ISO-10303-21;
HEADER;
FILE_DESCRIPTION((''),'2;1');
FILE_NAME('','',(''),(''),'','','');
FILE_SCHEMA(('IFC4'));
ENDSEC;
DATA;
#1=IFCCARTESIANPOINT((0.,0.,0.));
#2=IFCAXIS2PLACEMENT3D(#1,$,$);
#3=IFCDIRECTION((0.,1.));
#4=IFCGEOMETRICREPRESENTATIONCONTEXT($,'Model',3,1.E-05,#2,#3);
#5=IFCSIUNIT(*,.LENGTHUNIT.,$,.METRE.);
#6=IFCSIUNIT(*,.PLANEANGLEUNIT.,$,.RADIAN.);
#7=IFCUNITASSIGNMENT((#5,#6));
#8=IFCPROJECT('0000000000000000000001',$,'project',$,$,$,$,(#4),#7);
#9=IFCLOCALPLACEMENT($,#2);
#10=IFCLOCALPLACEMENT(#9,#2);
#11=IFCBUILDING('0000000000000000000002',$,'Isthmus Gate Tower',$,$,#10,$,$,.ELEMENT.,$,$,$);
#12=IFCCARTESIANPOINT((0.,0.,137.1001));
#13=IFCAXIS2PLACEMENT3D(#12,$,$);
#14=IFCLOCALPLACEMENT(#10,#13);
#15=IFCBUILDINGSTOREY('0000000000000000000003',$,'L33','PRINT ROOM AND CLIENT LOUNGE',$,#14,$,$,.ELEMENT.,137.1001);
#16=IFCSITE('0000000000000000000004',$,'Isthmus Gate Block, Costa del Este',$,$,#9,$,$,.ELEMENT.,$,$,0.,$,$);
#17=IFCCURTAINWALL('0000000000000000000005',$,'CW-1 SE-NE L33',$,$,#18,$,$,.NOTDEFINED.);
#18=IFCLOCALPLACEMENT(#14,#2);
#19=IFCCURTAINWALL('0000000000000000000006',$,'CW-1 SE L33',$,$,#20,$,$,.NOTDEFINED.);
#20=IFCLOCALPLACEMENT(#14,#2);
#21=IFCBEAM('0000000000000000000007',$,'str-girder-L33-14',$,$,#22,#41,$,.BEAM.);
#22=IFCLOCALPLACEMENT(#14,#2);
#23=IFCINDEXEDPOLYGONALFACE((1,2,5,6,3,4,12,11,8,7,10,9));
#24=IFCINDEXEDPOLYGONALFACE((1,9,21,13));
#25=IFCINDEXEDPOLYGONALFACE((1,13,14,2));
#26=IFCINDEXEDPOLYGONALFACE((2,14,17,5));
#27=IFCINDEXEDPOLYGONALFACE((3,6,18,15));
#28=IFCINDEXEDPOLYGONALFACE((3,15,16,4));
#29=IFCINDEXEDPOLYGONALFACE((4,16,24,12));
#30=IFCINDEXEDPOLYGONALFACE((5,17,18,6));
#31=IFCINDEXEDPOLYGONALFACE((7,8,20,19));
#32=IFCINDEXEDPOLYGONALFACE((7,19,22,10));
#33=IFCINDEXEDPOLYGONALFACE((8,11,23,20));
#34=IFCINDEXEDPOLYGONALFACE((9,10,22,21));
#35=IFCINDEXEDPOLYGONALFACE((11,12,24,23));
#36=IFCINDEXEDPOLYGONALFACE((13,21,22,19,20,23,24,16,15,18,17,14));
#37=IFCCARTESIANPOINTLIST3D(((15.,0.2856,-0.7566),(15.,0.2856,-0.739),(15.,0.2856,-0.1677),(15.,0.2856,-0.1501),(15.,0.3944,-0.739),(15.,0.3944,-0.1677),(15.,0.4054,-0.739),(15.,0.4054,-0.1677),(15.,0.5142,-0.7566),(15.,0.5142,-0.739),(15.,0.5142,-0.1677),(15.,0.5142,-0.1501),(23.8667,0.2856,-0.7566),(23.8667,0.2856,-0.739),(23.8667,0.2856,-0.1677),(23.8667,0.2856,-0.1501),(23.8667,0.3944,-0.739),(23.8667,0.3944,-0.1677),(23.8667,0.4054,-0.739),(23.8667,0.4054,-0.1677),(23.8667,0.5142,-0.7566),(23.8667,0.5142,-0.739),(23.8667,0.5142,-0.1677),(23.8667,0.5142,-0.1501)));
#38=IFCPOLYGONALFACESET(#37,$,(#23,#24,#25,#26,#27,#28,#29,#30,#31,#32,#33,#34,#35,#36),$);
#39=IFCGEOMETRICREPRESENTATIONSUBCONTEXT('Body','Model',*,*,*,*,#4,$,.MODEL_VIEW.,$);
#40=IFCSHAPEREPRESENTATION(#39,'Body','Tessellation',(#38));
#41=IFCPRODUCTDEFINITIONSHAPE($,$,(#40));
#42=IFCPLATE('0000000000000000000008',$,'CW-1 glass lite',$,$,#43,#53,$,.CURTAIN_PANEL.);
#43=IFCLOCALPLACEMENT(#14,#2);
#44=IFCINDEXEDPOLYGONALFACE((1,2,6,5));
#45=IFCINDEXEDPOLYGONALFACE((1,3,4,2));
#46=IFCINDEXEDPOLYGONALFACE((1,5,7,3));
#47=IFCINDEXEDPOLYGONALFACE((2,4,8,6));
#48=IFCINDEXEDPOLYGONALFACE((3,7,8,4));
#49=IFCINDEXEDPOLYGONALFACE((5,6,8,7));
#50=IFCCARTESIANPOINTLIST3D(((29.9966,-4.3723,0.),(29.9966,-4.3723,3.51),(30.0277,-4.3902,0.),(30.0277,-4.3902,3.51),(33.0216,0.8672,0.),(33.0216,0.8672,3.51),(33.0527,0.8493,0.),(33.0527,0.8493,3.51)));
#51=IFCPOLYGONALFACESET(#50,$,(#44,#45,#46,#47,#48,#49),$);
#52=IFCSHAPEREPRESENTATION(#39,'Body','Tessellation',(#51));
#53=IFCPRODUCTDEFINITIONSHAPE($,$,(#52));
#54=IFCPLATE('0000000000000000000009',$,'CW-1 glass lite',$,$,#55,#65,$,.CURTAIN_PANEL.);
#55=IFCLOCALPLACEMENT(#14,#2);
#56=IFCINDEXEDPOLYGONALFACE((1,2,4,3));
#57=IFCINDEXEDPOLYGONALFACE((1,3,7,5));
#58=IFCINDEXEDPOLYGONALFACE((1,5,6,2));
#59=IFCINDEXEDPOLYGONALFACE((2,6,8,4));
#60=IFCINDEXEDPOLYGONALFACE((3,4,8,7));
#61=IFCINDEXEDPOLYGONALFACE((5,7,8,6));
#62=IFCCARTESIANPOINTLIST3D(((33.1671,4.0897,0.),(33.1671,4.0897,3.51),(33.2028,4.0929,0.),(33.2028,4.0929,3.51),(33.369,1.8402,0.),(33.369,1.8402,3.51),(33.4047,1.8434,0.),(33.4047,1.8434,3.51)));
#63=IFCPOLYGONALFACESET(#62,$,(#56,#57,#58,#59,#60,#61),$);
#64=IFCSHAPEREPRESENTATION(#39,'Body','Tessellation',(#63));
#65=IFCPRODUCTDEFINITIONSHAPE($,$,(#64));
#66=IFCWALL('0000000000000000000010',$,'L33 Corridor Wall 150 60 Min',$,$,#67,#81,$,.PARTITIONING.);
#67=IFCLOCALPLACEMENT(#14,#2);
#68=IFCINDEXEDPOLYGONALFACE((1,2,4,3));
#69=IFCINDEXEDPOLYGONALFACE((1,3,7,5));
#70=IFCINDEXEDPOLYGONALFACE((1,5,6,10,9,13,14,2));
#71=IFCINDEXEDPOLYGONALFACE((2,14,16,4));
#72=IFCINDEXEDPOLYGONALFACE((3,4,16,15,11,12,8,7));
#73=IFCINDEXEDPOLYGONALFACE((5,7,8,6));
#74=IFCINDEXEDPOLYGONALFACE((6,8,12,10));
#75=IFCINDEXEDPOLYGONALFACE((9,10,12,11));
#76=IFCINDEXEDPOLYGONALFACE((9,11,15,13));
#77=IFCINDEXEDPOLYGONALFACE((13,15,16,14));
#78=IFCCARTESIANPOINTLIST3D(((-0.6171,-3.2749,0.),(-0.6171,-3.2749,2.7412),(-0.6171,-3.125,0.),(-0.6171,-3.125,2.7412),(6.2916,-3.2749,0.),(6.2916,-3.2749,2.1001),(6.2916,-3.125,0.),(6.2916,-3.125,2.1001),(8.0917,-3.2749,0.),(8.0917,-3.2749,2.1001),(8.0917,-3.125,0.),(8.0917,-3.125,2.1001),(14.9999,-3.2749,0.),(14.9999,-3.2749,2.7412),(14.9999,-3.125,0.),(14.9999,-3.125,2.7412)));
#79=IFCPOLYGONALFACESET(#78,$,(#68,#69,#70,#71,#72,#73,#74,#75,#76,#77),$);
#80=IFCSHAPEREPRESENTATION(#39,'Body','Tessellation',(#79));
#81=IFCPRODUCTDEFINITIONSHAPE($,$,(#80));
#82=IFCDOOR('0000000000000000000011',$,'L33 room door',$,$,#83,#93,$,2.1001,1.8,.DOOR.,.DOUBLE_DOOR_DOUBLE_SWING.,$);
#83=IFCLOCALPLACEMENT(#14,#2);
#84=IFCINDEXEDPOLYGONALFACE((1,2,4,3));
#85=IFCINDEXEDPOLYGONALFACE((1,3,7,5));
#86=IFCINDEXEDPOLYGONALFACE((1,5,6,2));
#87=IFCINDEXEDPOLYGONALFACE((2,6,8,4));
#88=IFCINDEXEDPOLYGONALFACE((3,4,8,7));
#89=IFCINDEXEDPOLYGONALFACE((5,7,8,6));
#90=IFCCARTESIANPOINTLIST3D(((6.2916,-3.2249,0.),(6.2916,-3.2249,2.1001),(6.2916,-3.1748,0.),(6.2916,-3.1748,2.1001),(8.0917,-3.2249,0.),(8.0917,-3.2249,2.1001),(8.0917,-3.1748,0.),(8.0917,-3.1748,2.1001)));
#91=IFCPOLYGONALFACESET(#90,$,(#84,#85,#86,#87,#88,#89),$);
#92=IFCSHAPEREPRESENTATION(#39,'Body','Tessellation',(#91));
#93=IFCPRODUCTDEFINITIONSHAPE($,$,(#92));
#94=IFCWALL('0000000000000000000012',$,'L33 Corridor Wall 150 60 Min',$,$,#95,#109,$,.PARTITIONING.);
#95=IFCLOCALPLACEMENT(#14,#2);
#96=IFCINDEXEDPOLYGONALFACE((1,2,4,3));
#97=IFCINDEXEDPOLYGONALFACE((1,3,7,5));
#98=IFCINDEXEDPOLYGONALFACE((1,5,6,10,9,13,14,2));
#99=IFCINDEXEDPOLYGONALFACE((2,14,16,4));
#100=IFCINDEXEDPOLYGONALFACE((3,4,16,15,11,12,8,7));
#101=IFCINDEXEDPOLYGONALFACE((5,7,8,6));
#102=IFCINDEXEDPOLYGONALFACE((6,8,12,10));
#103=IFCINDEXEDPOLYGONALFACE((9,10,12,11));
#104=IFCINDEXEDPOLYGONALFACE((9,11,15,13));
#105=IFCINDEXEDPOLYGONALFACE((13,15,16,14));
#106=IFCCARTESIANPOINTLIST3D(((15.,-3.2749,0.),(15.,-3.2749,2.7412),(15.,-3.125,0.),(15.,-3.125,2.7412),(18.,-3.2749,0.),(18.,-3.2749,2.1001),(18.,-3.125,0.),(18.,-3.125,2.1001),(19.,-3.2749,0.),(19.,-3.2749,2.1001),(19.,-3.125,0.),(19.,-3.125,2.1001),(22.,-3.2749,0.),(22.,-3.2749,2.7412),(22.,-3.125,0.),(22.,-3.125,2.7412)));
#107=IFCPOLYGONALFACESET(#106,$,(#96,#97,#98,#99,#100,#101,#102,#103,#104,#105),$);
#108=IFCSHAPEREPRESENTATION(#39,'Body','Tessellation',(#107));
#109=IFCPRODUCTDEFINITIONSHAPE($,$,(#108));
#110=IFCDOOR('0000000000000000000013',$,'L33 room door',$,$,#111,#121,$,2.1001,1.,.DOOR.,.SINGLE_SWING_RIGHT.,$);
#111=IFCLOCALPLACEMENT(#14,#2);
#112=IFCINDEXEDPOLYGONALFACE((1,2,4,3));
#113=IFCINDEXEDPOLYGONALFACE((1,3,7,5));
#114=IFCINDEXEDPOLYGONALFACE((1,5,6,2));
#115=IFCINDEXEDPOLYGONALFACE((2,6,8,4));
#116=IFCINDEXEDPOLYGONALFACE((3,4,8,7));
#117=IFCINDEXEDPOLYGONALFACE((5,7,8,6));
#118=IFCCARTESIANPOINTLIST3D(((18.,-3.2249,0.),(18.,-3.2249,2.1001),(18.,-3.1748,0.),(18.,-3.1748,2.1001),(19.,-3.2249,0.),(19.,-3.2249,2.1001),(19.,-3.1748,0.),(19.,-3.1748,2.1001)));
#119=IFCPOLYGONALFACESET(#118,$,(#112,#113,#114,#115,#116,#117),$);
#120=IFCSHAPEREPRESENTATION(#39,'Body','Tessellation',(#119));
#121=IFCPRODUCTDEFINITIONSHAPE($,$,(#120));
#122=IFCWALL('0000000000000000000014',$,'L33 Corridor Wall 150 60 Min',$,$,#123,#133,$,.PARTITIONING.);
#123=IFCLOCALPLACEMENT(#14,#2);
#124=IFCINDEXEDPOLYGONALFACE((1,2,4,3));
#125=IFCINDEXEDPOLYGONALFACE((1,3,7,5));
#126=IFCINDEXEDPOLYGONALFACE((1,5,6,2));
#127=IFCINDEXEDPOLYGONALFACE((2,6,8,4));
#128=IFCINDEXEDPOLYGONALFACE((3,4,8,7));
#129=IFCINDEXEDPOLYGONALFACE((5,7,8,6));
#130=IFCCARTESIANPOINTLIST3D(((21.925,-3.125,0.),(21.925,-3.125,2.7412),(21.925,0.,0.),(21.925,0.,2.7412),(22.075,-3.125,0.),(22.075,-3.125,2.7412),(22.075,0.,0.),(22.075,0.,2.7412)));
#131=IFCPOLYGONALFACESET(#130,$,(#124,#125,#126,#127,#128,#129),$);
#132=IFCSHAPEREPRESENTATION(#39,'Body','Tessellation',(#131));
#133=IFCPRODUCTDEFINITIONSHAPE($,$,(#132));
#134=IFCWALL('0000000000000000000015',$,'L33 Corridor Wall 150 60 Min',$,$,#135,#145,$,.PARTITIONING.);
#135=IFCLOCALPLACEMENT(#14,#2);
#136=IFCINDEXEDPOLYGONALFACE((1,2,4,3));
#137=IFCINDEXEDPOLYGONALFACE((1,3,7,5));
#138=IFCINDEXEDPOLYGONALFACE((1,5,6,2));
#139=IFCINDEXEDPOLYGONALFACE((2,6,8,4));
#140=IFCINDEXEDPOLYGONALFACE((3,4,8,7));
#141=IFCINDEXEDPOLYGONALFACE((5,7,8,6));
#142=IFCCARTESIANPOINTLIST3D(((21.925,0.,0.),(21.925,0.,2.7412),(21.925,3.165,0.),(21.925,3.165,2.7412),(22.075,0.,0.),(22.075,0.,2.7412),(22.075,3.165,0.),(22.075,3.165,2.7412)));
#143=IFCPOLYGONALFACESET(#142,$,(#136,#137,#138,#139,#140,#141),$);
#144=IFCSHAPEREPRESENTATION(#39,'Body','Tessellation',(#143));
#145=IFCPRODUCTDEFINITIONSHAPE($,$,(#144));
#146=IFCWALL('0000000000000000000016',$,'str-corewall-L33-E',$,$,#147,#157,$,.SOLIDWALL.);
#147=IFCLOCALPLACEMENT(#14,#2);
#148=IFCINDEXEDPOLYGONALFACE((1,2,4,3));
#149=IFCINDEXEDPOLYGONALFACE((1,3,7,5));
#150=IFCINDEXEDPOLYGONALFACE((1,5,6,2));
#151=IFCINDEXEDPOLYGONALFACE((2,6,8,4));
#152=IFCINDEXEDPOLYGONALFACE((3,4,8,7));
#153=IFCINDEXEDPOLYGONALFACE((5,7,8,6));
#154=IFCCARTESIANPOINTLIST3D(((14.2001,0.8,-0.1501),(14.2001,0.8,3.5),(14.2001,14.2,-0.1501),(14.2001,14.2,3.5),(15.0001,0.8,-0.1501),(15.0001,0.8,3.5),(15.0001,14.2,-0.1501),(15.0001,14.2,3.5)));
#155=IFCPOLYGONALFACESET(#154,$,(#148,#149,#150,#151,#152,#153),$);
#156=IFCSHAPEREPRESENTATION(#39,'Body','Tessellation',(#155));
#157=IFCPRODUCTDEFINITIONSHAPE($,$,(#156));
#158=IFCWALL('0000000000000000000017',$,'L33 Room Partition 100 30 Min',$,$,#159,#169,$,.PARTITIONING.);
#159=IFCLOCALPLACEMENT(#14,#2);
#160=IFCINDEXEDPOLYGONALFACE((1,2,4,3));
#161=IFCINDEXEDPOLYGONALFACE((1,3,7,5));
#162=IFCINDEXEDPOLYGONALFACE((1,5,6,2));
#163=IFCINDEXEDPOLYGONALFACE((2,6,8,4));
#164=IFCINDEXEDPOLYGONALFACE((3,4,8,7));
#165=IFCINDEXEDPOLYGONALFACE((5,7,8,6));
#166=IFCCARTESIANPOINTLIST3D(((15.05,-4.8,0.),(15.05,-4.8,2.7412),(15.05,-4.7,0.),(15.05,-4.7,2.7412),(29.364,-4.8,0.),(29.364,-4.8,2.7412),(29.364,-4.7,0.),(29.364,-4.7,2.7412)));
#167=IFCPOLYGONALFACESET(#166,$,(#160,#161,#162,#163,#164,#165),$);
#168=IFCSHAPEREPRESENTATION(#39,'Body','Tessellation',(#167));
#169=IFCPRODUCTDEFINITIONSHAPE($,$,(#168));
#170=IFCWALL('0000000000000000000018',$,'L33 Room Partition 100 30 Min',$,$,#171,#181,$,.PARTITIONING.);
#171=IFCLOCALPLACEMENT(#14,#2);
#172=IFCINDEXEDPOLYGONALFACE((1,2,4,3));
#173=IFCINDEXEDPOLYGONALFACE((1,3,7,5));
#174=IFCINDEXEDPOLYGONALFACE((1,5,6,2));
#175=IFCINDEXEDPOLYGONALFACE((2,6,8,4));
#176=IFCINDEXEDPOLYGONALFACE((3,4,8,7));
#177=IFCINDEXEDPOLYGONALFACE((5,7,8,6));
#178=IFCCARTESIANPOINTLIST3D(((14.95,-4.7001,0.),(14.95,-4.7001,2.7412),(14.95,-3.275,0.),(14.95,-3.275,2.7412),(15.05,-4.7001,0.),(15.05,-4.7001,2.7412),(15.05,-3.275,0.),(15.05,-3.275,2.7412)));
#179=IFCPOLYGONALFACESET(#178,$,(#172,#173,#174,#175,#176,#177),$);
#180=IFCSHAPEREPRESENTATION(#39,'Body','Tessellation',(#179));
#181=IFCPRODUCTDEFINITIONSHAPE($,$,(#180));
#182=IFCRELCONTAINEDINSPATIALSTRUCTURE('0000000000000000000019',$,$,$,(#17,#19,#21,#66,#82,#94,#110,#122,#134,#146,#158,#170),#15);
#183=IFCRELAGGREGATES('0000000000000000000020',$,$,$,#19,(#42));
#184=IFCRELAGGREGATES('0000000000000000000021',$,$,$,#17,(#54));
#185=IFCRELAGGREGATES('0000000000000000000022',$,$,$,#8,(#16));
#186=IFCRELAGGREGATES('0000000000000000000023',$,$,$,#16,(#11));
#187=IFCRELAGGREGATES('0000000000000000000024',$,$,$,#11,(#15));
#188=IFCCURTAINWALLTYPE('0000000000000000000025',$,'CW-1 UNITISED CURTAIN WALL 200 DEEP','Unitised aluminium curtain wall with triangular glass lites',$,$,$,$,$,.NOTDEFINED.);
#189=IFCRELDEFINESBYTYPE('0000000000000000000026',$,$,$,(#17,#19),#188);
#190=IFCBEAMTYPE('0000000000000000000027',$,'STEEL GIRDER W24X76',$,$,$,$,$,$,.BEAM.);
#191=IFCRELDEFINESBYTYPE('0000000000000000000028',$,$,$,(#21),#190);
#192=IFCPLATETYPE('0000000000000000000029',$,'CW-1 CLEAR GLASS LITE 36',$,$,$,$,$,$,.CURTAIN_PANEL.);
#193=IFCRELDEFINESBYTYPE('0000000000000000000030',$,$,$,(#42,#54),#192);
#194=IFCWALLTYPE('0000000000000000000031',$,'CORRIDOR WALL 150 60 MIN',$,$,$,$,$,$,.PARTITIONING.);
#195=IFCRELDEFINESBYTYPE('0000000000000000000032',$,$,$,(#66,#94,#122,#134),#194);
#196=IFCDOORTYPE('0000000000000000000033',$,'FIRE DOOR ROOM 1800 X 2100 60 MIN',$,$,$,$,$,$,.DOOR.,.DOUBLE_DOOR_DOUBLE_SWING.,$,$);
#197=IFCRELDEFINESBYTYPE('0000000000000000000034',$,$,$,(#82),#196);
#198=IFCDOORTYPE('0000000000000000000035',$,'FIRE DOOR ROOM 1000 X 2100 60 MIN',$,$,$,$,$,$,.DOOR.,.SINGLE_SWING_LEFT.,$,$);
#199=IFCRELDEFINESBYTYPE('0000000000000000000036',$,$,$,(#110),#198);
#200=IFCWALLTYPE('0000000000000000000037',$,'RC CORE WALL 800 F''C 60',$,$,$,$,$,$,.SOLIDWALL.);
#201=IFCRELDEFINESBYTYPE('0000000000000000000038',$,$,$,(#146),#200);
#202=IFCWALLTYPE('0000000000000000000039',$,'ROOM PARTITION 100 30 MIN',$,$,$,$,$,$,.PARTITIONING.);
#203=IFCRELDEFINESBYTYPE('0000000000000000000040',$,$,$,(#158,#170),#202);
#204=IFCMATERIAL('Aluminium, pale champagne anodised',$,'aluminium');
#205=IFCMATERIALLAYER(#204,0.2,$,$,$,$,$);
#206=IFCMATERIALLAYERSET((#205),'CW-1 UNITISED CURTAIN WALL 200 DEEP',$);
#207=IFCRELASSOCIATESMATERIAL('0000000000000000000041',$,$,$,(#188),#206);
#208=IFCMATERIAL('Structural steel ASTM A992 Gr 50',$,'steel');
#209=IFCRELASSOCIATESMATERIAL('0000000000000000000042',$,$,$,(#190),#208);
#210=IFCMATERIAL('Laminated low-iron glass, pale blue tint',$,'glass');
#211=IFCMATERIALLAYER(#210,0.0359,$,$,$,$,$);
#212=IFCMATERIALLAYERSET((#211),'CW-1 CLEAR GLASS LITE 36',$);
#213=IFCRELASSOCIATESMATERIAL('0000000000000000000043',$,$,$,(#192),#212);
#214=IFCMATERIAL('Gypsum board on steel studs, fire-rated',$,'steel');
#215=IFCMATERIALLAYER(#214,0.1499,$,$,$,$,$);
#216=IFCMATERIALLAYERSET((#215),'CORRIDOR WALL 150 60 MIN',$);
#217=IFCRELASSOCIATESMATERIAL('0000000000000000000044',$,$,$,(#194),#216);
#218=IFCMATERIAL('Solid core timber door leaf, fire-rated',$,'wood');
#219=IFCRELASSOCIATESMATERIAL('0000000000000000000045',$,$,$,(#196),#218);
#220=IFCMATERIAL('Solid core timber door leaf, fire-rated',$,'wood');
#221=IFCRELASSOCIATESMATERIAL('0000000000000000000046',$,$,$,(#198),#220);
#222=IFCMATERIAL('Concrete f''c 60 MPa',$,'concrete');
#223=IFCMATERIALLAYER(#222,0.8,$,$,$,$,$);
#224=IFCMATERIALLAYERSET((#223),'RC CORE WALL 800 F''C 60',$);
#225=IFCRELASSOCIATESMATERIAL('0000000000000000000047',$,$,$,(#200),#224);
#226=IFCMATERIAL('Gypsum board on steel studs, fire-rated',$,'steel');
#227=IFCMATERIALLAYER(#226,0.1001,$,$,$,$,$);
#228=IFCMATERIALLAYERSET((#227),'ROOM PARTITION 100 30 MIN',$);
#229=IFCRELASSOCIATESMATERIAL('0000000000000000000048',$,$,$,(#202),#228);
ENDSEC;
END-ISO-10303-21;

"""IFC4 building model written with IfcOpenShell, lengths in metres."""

from ifc_helpers import new_model, si_unit, direction, frame, frame_2d, origin, origin_2d, place, context, subcontext, project, spatial, rectangle, i_section, extrude, material, layer, layer_set, material_profile, profile_set, type_object, element, fill, aggregate, save


model = new_model("IFC4")

# Units and contexts
model_context = context("Model", 3, precision=1e-05, world=origin(), true_north=direction((0.0, 1.0)))
body_context = subcontext(model_context, "Body", "Model", "MODEL_VIEW")
ifc_project = project(units=[si_unit("LENGTHUNIT", "METRE"), si_unit("PLANEANGLEUNIT", "RADIAN")], contexts=[model_context])

# Site, building, storey
site_placement = place(None, origin())
site = spatial("IfcSite", under=ifc_project, at=site_placement, Name="Isthmus Gate Block, Costa del Este", CompositionType="ELEMENT", RefElevation=0.0)
building_placement = place(site_placement, origin())
building = spatial("IfcBuilding", under=site, at=building_placement, Name="Isthmus Gate Tower", CompositionType="ELEMENT")
storey_placement = place(building_placement, frame((0.0, 0.0, 137.1001)))
storey = spatial("IfcBuildingStorey", under=building, at=storey_placement, Name="L33", Description="PRINT ROOM AND CLIENT LOUNGE", CompositionType="ELEMENT", Elevation=137.1001)

# Curtain walls
ifc_material_1 = material(Name="Aluminium, pale champagne anodised", Category="aluminium")
ifc_layer_1 = layer(ifc_material_1, 0.2)
ifc_layer_set_1 = layer_set([ifc_layer_1], Name="CW-1 UNITISED CURTAIN WALL 200 DEEP")
curtain_wall_type = type_object("IfcCurtainWallType", Name="CW-1 UNITISED CURTAIN WALL 200 DEEP", Description="Unitised aluminium curtain wall with triangular glass lites", PredefinedType="NOTDEFINED", material=ifc_layer_set_1)
curtain_wall_1_placement = place(storey_placement, origin())
curtain_wall_1 = element("IfcCurtainWall", 1, at=curtain_wall_1_placement, inside=storey, type_object=curtain_wall_type, Name="CW-1 SE-NE L33", PredefinedType="NOTDEFINED")
curtain_wall_2_placement = place(storey_placement, origin())
curtain_wall_2 = element("IfcCurtainWall", 2, at=curtain_wall_2_placement, inside=storey, type_object=curtain_wall_type, Name="CW-1 SE L33", PredefinedType="NOTDEFINED")

# Beam
ifc_material_2 = material(Name="Structural steel ASTM A992 Gr 50", Category="steel")
ifc_material_profile_1 = material_profile(ifc_material_2, i_section(OverallWidth=0.2285, OverallDepth=0.6064, WebThickness=0.011, FlangeThickness=0.0176, at=origin_2d()), Name="W24X76")
ifc_profile_set_1 = profile_set([ifc_material_profile_1], Name="Structural steel ASTM A992 Gr 50")
beam_type_1 = type_object("IfcBeamType", Name="STEEL GIRDER W24X76", PredefinedType="BEAM", material=ifc_profile_set_1)
beam_1_placement = place(storey_placement, frame((15.0, 0.3999, -0.4534), z_axis=(1.0, 0.0, 0.0), x_axis=(0.0, 1.0, 0.0)))
element("IfcBeam", 3, at=beam_1_placement, inside=storey, type_object=beam_type_1, Name="str-girder-L33-14", PredefinedType="BEAM", context=body_context, shape_type="SweptSolid", body=[
    extrude(i_section(OverallWidth=0.2285, OverallDepth=0.6064, WebThickness=0.011, FlangeThickness=0.0176, at=origin_2d()), origin(), (0.0, 0.0, 1.0), 8.8667),
])

# Plates
ifc_material_3 = material(Name="Laminated low-iron glass, pale blue tint", Category="glass")
ifc_layer_2 = layer(ifc_material_3, 0.0359)
ifc_layer_set_2 = layer_set([ifc_layer_2], Name="CW-1 CLEAR GLASS LITE 36")
plate_type = type_object("IfcPlateType", Name="CW-1 CLEAR GLASS LITE 36", PredefinedType="CURTAIN_PANEL", material=ifc_layer_set_2)
plate_1_placement = place(storey_placement, frame((31.5247, -1.7615, 0.0), z_axis=(0.0, 0.0, 1.0), x_axis=(0.5, 0.866025, 0.0)))
plate_1 = element("IfcPlate", 4, at=plate_1_placement, type_object=plate_type, Name="CW-1 glass lite", PredefinedType="CURTAIN_PANEL", context=body_context, shape_type="SweptSolid", body=[
    extrude(rectangle(XDim=6.05, YDim=0.0359, at=origin_2d()), origin(), (0.0, 0.0, 1.0), 3.51),
])
aggregate(curtain_wall_2, [plate_1])
plate_2_placement = place(storey_placement, frame((33.2859, 2.9666, 0.0), z_axis=(0.0, 0.0, 1.0), x_axis=(-0.089397, 0.995996, 0.0)))
plate_2 = element("IfcPlate", 5, at=plate_2_placement, type_object=plate_type, Name="CW-1 glass lite", PredefinedType="CURTAIN_PANEL", context=body_context, shape_type="SweptSolid", body=[
    extrude(rectangle(XDim=2.2585, YDim=0.0359, at=origin_2d()), origin(), (0.0, 0.0, 1.0), 3.51),
])
aggregate(curtain_wall_1, [plate_2])

# Walls, openings, doors
ifc_material_4 = material(Name="Gypsum board on steel studs, fire-rated", Category="steel")
ifc_layer_3 = layer(ifc_material_4, 0.1499)
ifc_layer_set_3 = layer_set([ifc_layer_3], Name="CORRIDOR WALL 150 60 MIN")
wall_type_1 = type_object("IfcWallType", Name="CORRIDOR WALL 150 60 MIN", PredefinedType="PARTITIONING", material=ifc_layer_set_3)
wall_1_placement = place(storey_placement, frame((15.0, -3.2, 0.0), z_axis=(0.0, 0.0, 1.0), x_axis=(-1.0, 0.0, 0.0)))
wall_1 = element("IfcWall", 6, at=wall_1_placement, inside=storey, type_object=wall_type_1, Name="L33 Corridor Wall 150 60 Min", PredefinedType="PARTITIONING", context=body_context, shape_type="SweptSolid", body=[
    extrude(rectangle(XDim=15.6169, YDim=0.1499, at=frame_2d((7.8086, 0.0))), origin(), (0.0, 0.0, 1.0), 2.7412),
])
opening_1_placement = place(wall_1_placement, frame((6.9084, 0.0, 0.0)))
opening_1 = element("IfcOpeningElement", 7, at=opening_1_placement, cuts=wall_1, PredefinedType="OPENING", context=body_context, shape_type="SweptSolid", body=[
    extrude(rectangle(XDim=1.8, YDim=2.1001, at=frame_2d((0.8999, 1.05))), frame((0.0, 0.085, 0.0), z_axis=(0.0, -1.0, 0.0), x_axis=(1.0, 0.0, 0.0)), (0.0, 0.0, 1.0), 0.1699),
])
ifc_material_5 = material(Name="Solid core timber door leaf, fire-rated", Category="wood")
door_type_1 = type_object("IfcDoorType", Name="FIRE DOOR ROOM 1800 X 2100 60 MIN", OperationType="DOUBLE_DOOR_DOUBLE_SWING", PredefinedType="DOOR", material=ifc_material_5)
door_1_placement = place(opening_1_placement, origin())
door_1 = element("IfcDoor", 8, at=door_1_placement, inside=storey, type_object=door_type_1, Name="L33 room door", OperationType="DOUBLE_DOOR_DOUBLE_SWING", OverallHeight=2.1001, OverallWidth=1.8, PredefinedType="DOOR", context=body_context, shape_type="SweptSolid", body=[
    extrude(rectangle(XDim=1.8, YDim=2.1001, at=frame_2d((0.8999, 1.05))), frame((0.0, 0.0249, 0.0), z_axis=(0.0, -1.0, 0.0), x_axis=(1.0, 0.0, 0.0)), (0.0, 0.0, 1.0), 0.05),
])
fill(opening_1, door_1)
wall_2_placement = place(storey_placement, frame((22.0, -3.2, 0.0), z_axis=(0.0, 0.0, 1.0), x_axis=(-1.0, 0.0, 0.0)))
wall_2 = element("IfcWall", 9, at=wall_2_placement, inside=storey, type_object=wall_type_1, Name="L33 Corridor Wall 150 60 Min", PredefinedType="PARTITIONING", context=body_context, shape_type="SweptSolid", body=[
    extrude(rectangle(XDim=7.0, YDim=0.1499, at=frame_2d((3.5, 0.0))), origin(), (0.0, 0.0, 1.0), 2.7412),
])
opening_2_placement = place(wall_2_placement, frame((3.0, 0.0, 0.0)))
opening_2 = element("IfcOpeningElement", 10, at=opening_2_placement, cuts=wall_2, PredefinedType="OPENING", context=body_context, shape_type="SweptSolid", body=[
    extrude(rectangle(XDim=1.0, YDim=2.1001, at=frame_2d((0.5, 1.05))), frame((0.0, 0.085, 0.0), z_axis=(0.0, -1.0, 0.0), x_axis=(1.0, 0.0, 0.0)), (0.0, 0.0, 1.0), 0.1699),
])
ifc_material_6 = material(Name="Solid core timber door leaf, fire-rated", Category="wood")
door_type_2 = type_object("IfcDoorType", Name="FIRE DOOR ROOM 1000 X 2100 60 MIN", OperationType="SINGLE_SWING_LEFT", PredefinedType="DOOR", material=ifc_material_6)
door_2_placement = place(opening_2_placement, origin())
door_2 = element("IfcDoor", 11, at=door_2_placement, inside=storey, type_object=door_type_2, Name="L33 room door", OperationType="SINGLE_SWING_RIGHT", OverallHeight=2.1001, OverallWidth=1.0, PredefinedType="DOOR", context=body_context, shape_type="SweptSolid", body=[
    extrude(rectangle(XDim=1.0, YDim=2.1001, at=frame_2d((0.5, 1.05))), frame((0.0, 0.0249, 0.0), z_axis=(0.0, -1.0, 0.0), x_axis=(1.0, 0.0, 0.0)), (0.0, 0.0, 1.0), 0.05),
])
fill(opening_2, door_2)

# Walls
wall_3_placement = place(storey_placement, frame((22.0, 0.0, 0.0), z_axis=(0.0, 0.0, 1.0), x_axis=(0.0, -1.0, 0.0)))
element("IfcWall", 12, at=wall_3_placement, inside=storey, type_object=wall_type_1, Name="L33 Corridor Wall 150 60 Min", PredefinedType="PARTITIONING", context=body_context, shape_type="SweptSolid", body=[
    extrude(rectangle(XDim=3.125, YDim=0.1499, at=frame_2d((1.5625, 0.0))), origin(), (0.0, 0.0, 1.0), 2.7412),
])
wall_4_placement = place(storey_placement, frame((22.0, 3.165, 0.0), z_axis=(0.0, 0.0, 1.0), x_axis=(0.0, -1.0, 0.0)))
element("IfcWall", 13, at=wall_4_placement, inside=storey, type_object=wall_type_1, Name="L33 Corridor Wall 150 60 Min", PredefinedType="PARTITIONING", context=body_context, shape_type="SweptSolid", body=[
    extrude(rectangle(XDim=3.165, YDim=0.1499, at=frame_2d((1.5825, 0.0))), origin(), (0.0, 0.0, 1.0), 2.7412),
])
ifc_material_7 = material(Name="Concrete f'c 60 MPa", Category="concrete")
ifc_layer_4 = layer(ifc_material_7, 0.8)
ifc_layer_set_4 = layer_set([ifc_layer_4], Name="RC CORE WALL 800 F'C 60")
wall_type_2 = type_object("IfcWallType", Name="RC CORE WALL 800 F'C 60", PredefinedType="SOLIDWALL", material=ifc_layer_set_4)
wall_5_placement = place(storey_placement, frame((14.6001, 0.8, -0.1501), z_axis=(0.0, 0.0, 1.0), x_axis=(0.0, 1.0, 0.0)))
element("IfcWall", 14, at=wall_5_placement, inside=storey, type_object=wall_type_2, Name="str-corewall-L33-E", PredefinedType="SOLIDWALL", context=body_context, shape_type="SweptSolid", body=[
    extrude(rectangle(XDim=13.3999, YDim=0.8, at=frame_2d((6.7, 0.0))), origin(), (0.0, 0.0, 1.0), 3.6501),
])
ifc_material_8 = material(Name="Gypsum board on steel studs, fire-rated", Category="steel")
ifc_layer_5 = layer(ifc_material_8, 0.1001)
ifc_layer_set_5 = layer_set([ifc_layer_5], Name="ROOM PARTITION 100 30 MIN")
wall_type_3 = type_object("IfcWallType", Name="ROOM PARTITION 100 30 MIN", PredefinedType="PARTITIONING", material=ifc_layer_set_5)
wall_6_placement = place(storey_placement, frame((15.05, -4.75, 0.0), z_axis=(0.0, 0.0, 1.0), x_axis=(1.0, 0.0, 0.0)))
element("IfcWall", 15, at=wall_6_placement, inside=storey, type_object=wall_type_3, Name="L33 Room Partition 100 30 Min", PredefinedType="PARTITIONING", context=body_context, shape_type="SweptSolid", body=[
    extrude(rectangle(XDim=14.314, YDim=0.1001, at=frame_2d((7.157, 0.0))), origin(), (0.0, 0.0, 1.0), 2.7412),
])
wall_7_placement = place(storey_placement, frame((15.0, -4.7, 0.0), z_axis=(0.0, 0.0, 1.0), x_axis=(0.0, 1.0, 0.0)))
element("IfcWall", 16, at=wall_7_placement, inside=storey, type_object=wall_type_3, Name="L33 Room Partition 100 30 Min", PredefinedType="PARTITIONING", context=body_context, shape_type="SweptSolid", body=[
    extrude(rectangle(XDim=1.425, YDim=0.1001, at=frame_2d((0.7124, 0.0))), origin(), (0.0, 0.0, 1.0), 2.7412),
])

save(model, "model.ifc")
